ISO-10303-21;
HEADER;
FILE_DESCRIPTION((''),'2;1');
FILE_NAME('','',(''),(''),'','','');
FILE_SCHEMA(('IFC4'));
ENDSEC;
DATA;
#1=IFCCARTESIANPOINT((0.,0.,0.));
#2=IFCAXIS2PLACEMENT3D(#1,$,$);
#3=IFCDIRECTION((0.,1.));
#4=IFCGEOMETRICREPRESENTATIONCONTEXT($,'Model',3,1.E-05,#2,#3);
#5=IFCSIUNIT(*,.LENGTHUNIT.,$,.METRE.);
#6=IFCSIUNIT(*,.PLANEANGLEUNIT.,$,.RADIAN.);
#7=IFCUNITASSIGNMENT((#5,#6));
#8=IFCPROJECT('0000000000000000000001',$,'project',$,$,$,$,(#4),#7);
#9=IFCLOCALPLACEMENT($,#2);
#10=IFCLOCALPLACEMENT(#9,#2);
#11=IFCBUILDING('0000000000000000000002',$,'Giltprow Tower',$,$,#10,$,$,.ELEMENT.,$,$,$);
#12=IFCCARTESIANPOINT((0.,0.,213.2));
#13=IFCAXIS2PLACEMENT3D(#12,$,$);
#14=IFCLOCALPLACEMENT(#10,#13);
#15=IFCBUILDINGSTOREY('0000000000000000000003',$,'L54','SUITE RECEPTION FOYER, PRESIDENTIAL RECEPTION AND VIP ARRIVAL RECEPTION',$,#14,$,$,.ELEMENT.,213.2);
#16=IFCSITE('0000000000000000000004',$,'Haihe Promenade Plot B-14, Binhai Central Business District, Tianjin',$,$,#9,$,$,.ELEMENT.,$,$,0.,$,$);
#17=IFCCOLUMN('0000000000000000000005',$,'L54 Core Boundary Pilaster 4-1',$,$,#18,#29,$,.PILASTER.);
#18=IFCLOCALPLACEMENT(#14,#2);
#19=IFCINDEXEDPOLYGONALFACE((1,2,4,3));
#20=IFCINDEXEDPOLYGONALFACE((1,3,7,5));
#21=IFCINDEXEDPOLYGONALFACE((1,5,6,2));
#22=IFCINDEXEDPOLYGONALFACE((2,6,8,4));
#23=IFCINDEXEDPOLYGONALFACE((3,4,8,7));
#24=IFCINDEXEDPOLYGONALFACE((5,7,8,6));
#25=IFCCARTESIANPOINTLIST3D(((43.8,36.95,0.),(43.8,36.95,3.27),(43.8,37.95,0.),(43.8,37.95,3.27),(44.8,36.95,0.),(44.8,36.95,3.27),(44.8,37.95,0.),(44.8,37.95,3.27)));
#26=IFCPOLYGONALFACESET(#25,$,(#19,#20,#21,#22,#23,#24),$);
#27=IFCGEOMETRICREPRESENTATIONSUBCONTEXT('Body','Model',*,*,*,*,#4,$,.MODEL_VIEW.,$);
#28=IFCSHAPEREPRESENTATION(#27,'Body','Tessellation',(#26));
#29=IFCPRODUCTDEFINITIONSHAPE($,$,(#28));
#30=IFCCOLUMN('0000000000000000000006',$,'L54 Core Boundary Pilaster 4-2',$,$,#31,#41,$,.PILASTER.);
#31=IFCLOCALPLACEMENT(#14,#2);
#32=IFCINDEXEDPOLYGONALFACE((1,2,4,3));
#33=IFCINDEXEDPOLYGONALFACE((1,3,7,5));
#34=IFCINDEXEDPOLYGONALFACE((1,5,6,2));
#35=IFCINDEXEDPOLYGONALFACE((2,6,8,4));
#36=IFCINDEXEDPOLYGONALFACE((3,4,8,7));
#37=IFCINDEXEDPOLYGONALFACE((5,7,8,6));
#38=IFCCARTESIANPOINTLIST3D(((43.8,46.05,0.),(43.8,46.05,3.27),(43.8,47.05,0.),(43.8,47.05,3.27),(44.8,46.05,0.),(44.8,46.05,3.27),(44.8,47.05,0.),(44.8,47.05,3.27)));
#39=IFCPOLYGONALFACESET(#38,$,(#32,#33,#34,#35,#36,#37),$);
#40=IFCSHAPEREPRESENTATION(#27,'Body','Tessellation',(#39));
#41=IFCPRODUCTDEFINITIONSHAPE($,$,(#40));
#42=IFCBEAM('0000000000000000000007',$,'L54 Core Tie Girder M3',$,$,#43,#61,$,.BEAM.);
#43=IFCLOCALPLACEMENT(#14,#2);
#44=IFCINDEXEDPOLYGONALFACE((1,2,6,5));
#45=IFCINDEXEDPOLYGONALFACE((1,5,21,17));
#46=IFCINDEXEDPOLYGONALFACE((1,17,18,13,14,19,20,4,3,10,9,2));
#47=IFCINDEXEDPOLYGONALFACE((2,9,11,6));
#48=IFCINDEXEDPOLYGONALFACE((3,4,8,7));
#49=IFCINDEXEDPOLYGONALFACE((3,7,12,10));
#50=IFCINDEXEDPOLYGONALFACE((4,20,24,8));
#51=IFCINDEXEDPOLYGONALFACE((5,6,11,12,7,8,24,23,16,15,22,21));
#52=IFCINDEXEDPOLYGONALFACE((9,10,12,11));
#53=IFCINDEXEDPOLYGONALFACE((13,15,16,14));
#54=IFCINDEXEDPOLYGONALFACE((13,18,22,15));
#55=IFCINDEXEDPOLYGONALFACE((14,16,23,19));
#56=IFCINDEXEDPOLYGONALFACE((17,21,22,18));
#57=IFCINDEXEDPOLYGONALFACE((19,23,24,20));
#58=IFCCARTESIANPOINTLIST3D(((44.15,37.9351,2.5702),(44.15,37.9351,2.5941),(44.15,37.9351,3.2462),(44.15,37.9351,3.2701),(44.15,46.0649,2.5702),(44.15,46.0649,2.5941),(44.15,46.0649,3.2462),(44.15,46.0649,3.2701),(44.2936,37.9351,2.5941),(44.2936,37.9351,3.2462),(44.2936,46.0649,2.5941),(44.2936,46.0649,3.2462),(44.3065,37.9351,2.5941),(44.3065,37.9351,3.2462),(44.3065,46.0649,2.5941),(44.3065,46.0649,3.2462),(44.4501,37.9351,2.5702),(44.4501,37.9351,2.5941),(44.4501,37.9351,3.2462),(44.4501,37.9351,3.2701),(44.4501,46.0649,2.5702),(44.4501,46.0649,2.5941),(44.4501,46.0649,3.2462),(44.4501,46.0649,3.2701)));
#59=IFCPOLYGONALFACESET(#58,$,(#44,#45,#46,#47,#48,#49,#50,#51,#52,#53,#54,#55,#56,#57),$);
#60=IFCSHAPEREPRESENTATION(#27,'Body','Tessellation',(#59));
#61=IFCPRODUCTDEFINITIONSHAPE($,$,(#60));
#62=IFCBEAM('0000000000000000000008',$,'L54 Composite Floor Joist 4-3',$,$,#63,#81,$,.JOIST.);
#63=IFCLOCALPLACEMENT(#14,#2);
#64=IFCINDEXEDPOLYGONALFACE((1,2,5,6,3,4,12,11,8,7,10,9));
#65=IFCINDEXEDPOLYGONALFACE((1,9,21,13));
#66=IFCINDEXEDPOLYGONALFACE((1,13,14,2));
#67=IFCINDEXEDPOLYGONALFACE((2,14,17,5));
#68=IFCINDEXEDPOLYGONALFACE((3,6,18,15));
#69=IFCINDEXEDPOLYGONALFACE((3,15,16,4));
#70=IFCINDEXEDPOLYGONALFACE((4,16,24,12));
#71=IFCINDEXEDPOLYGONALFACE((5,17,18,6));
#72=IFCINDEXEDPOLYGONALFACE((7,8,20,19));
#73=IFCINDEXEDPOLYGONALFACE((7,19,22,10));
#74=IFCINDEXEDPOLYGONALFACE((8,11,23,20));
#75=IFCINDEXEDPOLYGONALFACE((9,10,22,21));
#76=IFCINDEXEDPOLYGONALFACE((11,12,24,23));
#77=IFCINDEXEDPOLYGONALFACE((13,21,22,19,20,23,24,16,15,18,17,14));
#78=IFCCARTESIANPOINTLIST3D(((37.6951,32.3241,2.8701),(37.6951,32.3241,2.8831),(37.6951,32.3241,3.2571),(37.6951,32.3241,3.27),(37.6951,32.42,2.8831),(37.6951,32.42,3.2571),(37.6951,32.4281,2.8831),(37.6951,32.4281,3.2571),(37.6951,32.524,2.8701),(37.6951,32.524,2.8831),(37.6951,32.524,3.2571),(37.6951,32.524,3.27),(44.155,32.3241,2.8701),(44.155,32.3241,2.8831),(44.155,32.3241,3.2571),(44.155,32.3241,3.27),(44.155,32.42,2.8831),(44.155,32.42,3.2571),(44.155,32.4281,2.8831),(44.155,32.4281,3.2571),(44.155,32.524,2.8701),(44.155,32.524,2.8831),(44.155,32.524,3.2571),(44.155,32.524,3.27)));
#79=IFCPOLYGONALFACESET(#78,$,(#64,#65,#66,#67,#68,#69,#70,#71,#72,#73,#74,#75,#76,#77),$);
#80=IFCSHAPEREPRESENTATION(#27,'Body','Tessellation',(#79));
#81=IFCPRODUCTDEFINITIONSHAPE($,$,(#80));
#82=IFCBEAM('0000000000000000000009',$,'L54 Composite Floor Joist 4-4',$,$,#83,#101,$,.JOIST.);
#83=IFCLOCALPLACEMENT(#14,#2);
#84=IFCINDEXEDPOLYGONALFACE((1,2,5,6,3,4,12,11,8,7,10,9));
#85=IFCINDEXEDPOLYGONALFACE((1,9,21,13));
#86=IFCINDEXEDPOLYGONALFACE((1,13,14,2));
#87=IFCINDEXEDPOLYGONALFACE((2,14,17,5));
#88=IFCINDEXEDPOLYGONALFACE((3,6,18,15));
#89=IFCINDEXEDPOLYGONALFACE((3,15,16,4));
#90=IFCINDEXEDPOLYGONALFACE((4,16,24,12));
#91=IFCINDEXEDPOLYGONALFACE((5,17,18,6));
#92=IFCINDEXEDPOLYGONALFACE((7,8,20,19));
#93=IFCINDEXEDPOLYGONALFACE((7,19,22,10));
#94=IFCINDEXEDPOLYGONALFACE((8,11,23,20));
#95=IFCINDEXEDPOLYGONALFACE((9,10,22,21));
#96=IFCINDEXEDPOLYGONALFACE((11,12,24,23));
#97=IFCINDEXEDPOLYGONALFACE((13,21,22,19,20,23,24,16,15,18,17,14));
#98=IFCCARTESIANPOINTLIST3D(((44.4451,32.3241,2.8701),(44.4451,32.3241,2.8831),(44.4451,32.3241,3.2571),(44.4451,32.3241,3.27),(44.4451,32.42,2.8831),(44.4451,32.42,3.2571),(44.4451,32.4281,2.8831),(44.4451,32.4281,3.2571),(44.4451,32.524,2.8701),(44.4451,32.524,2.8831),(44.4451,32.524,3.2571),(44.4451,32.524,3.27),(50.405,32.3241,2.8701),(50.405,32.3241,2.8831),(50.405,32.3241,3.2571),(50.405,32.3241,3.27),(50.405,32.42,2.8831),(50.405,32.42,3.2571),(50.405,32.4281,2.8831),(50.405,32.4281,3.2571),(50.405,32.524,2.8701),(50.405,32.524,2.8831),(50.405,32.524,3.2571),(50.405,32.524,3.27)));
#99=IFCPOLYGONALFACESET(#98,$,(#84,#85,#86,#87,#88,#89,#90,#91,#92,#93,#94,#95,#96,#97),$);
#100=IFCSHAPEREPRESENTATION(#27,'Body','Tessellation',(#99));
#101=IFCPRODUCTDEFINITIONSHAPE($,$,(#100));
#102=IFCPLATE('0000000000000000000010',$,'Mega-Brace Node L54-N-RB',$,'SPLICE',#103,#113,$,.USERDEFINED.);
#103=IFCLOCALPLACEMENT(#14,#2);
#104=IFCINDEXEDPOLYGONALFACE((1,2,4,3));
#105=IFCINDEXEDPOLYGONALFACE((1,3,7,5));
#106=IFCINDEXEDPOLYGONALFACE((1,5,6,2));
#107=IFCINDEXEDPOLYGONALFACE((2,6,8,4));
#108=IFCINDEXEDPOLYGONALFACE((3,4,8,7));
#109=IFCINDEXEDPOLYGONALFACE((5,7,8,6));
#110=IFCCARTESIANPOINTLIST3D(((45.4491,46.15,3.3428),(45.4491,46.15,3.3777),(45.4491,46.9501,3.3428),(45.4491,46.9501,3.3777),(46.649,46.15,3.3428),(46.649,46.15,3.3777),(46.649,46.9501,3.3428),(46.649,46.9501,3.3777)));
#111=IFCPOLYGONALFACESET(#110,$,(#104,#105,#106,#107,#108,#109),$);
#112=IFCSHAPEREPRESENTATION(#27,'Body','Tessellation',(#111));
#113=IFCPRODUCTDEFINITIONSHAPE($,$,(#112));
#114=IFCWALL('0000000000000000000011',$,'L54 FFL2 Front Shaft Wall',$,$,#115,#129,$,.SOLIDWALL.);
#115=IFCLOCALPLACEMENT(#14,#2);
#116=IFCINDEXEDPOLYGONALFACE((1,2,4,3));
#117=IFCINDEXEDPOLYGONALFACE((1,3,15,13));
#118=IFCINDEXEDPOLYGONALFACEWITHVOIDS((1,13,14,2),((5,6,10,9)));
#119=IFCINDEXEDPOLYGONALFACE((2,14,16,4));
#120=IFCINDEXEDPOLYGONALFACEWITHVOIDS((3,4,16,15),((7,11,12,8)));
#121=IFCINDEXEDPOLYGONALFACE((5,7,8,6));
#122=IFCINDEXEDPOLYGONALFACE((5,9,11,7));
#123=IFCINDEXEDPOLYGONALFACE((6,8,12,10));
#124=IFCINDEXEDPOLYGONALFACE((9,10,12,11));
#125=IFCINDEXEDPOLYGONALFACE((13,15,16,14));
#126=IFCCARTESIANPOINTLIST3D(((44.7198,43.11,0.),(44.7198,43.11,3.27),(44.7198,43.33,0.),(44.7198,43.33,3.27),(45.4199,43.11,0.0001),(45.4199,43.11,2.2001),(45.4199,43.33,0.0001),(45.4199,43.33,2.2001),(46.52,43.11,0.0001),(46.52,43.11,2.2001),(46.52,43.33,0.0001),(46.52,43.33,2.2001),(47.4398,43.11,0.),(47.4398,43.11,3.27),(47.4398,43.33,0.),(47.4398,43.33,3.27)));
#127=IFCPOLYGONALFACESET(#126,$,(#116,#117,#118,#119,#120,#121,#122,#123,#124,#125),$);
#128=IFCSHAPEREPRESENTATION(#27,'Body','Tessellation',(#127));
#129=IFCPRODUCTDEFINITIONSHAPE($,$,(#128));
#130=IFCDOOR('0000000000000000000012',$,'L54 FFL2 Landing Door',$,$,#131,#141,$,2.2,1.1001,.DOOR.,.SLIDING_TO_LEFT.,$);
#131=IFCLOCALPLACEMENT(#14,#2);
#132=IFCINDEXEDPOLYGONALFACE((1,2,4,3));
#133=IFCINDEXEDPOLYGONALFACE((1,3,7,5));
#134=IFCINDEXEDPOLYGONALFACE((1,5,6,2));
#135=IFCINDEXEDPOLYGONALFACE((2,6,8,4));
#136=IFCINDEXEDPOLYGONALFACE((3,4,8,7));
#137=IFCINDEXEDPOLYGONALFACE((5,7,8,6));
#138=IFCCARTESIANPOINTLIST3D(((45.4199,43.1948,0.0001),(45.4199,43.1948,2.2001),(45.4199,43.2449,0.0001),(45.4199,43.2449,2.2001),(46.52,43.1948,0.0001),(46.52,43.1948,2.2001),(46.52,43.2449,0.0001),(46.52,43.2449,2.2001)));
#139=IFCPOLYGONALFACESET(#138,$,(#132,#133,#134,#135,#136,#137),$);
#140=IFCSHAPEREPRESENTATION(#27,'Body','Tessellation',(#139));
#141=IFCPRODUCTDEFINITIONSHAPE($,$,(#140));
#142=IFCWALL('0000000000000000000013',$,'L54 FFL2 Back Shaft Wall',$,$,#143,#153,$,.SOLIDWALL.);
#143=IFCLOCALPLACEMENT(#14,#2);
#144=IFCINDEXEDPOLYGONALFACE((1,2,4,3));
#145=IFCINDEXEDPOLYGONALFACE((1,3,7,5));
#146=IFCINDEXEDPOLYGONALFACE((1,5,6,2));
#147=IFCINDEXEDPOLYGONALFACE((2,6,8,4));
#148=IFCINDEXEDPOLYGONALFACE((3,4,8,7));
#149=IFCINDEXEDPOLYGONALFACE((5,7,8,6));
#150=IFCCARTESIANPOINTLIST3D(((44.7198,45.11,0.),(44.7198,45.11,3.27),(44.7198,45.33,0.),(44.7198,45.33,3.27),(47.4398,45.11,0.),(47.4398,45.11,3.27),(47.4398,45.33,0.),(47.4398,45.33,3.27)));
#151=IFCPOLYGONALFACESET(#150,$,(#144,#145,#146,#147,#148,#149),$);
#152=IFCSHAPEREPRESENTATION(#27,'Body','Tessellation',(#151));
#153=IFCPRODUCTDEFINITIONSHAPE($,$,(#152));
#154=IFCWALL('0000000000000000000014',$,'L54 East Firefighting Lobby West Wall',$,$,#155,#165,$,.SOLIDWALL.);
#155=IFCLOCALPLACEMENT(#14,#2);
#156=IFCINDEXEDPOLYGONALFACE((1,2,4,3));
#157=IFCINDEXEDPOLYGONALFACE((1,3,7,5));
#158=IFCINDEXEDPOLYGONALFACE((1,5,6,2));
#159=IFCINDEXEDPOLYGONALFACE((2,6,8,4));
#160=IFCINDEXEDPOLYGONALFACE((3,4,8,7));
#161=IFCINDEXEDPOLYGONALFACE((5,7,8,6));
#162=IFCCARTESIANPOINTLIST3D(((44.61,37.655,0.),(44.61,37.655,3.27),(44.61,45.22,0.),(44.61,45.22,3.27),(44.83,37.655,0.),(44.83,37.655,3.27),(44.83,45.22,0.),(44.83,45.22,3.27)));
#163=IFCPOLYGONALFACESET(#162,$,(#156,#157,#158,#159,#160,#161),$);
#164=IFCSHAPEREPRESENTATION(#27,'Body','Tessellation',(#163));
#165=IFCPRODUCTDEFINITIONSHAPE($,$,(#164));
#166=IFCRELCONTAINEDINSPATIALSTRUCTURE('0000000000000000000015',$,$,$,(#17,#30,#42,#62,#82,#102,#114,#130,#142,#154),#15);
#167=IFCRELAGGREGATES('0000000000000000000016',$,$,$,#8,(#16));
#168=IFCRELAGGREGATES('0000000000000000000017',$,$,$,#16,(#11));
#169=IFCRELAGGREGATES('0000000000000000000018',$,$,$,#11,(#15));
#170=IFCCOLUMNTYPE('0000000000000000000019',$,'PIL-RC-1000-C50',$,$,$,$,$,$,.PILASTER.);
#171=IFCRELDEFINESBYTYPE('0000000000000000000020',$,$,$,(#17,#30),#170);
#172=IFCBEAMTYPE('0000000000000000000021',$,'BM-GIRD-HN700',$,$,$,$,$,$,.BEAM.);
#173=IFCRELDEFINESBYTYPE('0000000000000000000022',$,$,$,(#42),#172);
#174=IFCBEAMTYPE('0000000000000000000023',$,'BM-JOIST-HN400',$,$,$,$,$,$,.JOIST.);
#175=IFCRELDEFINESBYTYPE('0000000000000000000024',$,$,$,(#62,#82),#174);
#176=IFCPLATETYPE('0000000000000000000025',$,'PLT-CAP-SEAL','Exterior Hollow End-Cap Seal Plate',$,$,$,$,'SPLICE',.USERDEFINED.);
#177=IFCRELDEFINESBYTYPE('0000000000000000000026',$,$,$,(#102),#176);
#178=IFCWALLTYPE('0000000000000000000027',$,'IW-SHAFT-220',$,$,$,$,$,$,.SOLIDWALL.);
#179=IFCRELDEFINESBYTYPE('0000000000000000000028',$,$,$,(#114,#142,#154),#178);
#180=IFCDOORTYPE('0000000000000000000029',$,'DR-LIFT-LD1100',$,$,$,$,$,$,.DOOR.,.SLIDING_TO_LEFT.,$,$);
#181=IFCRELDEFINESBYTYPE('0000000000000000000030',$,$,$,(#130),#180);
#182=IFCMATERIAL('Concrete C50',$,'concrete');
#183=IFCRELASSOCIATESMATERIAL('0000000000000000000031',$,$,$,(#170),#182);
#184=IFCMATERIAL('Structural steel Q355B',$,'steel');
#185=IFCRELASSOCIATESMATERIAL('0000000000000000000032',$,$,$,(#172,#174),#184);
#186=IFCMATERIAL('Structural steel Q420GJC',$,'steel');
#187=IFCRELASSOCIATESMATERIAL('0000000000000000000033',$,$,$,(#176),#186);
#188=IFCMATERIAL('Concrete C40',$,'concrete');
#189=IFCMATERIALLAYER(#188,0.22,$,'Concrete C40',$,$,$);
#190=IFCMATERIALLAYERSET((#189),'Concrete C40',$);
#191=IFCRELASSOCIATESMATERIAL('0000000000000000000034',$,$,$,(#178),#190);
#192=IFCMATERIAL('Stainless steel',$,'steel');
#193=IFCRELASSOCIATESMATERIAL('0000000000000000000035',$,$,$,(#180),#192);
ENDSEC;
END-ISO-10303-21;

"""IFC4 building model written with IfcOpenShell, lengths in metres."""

from ifc_helpers import new_model, si_unit, direction, frame, frame_2d, origin, origin_2d, place, context, subcontext, project, spatial, rectangle, i_section, extrude, source, transform, mapped, material, layer, layer_set, material_profile, profile_set, type_object, element, fill, save


model = new_model("IFC4")

# Units and contexts
model_context = context("Model", 3, precision=1e-05, world=origin(), true_north=direction((0.0, 1.0)))
body_context = subcontext(model_context, "Body", "Model", "MODEL_VIEW")
ifc_project = project(units=[si_unit("LENGTHUNIT", "METRE"), si_unit("PLANEANGLEUNIT", "RADIAN")], contexts=[model_context])

# Site, building, storey
site_placement = place(None, origin())
site = spatial("IfcSite", under=ifc_project, at=site_placement, Name="Haihe Promenade Plot B-14, Binhai Central Business District, Tianjin", CompositionType="ELEMENT", RefElevation=0.0)
building_placement = place(site_placement, origin())
building = spatial("IfcBuilding", under=site, at=building_placement, Name="Giltprow Tower", CompositionType="ELEMENT")
storey_placement = place(building_placement, frame((0.0, 0.0, 213.2)))
storey = spatial("IfcBuildingStorey", under=building, at=storey_placement, Name="L54", Description="SUITE RECEPTION FOYER, PRESIDENTIAL RECEPTION AND VIP ARRIVAL RECEPTION", CompositionType="ELEMENT", Elevation=213.2)

# Columns
ifc_material_1 = material(Name="Concrete C50", Category="concrete")
ifc_material_profile_1 = material_profile(ifc_material_1, rectangle(XDim=1.0, YDim=1.0, at=origin_2d()), Name="RC 1000x1000")
ifc_profile_set_1 = profile_set([ifc_material_profile_1], Name="Concrete C50")
column_type = type_object("IfcColumnType", Name="PIL-RC-1000-C50", PredefinedType="PILASTER", material=ifc_profile_set_1)
shared_shape_1 = source(origin(), body_context, "Body", "SweptSolid", [
    extrude(rectangle(XDim=1.0, YDim=1.0, at=origin_2d()), origin(), (0.0, 0.0, 1.0), 3.27),
])
for number, where, z_axis, x_axis, name in (
    (1, (44.3, 37.45, 0.0), (0.0, 0.0, 1.0), (1.0, 0.0, 0.0), "L54 Core Boundary Pilaster 4-1"),
    (2, (44.3, 46.55, 0.0), (0.0, 0.0, 1.0), (1.0, 0.0, 0.0), "L54 Core Boundary Pilaster 4-2"),
):
    element("IfcColumn", number, at=place(storey_placement, frame(where, z_axis=z_axis, x_axis=x_axis)), inside=storey, type_object=column_type, Name=name, PredefinedType="PILASTER", context=body_context, shape_type="MappedRepresentation", body=[
        mapped(shared_shape_1, transform((0.0, 0.0, 0.0), x_axis=(1.0, 0.0, 0.0), y_axis=(0.0, 1.0, 0.0), z_axis=(0.0, 0.0, 1.0), scale=1.0)),
    ])

# Beams
ifc_material_2 = material(Name="Structural steel Q355B", Category="steel")
ifc_material_profile_2 = material_profile(ifc_material_2, i_section(OverallWidth=0.3, OverallDepth=0.7, WebThickness=0.0129, FlangeThickness=0.0239, at=origin_2d()), Name="HN 700x300x13x24")
ifc_profile_set_2 = profile_set([ifc_material_profile_2], Name="Structural steel Q355B")
beam_type_1 = type_object("IfcBeamType", Name="BM-GIRD-HN700", PredefinedType="BEAM", material=ifc_profile_set_2)
shared_shape_2 = source(origin(), body_context, "Body", "SweptSolid", [
    extrude(i_section(OverallWidth=0.3, OverallDepth=0.7, WebThickness=0.0129, FlangeThickness=0.0239, at=origin_2d()), origin(), (0.0, 0.0, 1.0), 8.1299),
])
beam_1_placement = place(storey_placement, frame((44.3, 37.9351, 2.9202), z_axis=(0.0, 1.0, 0.0), x_axis=(-1.0, 0.0, 0.0)))
element("IfcBeam", 3, at=beam_1_placement, inside=storey, type_object=beam_type_1, Name="L54 Core Tie Girder M3", PredefinedType="BEAM", context=body_context, shape_type="MappedRepresentation", body=[
    mapped(shared_shape_2, transform((0.0, 0.0, 0.0), x_axis=(1.0, 0.0, 0.0), y_axis=(0.0, 1.0, 0.0), z_axis=(0.0, 0.0, 1.0), scale=1.0)),
])
ifc_material_profile_3 = material_profile(ifc_material_2, i_section(OverallWidth=0.2, OverallDepth=0.3999, WebThickness=0.0081, FlangeThickness=0.0129, at=origin_2d()), Name="HN 400x200x8x13")
ifc_profile_set_3 = profile_set([ifc_material_profile_3], Name="Structural steel Q355B")
beam_type_2 = type_object("IfcBeamType", Name="BM-JOIST-HN400", PredefinedType="JOIST", material=ifc_profile_set_3)
shared_shape_3 = source(origin(), body_context, "Body", "SweptSolid", [
    extrude(i_section(OverallWidth=0.2, OverallDepth=0.3999, WebThickness=0.0081, FlangeThickness=0.0129, at=origin_2d()), origin(), (0.0, 0.0, 1.0), 6.46),
])
beam_2_placement = place(storey_placement, frame((37.6951, 32.4241, 3.0701), z_axis=(1.0, 0.0, 0.0), x_axis=(0.0, 1.0, 0.0)))
element("IfcBeam", 4, at=beam_2_placement, inside=storey, type_object=beam_type_2, Name="L54 Composite Floor Joist 4-3", PredefinedType="JOIST", context=body_context, shape_type="MappedRepresentation", body=[
    mapped(shared_shape_3, transform((0.0, 0.0, 0.0), x_axis=(1.0, 0.0, 0.0), y_axis=(0.0, 1.0, 0.0), z_axis=(0.0, 0.0, 1.0), scale=1.0)),
])
shared_shape_4 = source(origin(), body_context, "Body", "SweptSolid", [
    extrude(i_section(OverallWidth=0.2, OverallDepth=0.3999, WebThickness=0.0081, FlangeThickness=0.0129, at=origin_2d()), origin(), (0.0, 0.0, 1.0), 5.96),
])
beam_3_placement = place(storey_placement, frame((44.4451, 32.4241, 3.0701), z_axis=(1.0, 0.0, 0.0), x_axis=(0.0, 1.0, 0.0)))
element("IfcBeam", 5, at=beam_3_placement, inside=storey, type_object=beam_type_2, Name="L54 Composite Floor Joist 4-4", PredefinedType="JOIST", context=body_context, shape_type="MappedRepresentation", body=[
    mapped(shared_shape_4, transform((0.0, 0.0, 0.0), x_axis=(1.0, 0.0, 0.0), y_axis=(0.0, 1.0, 0.0), z_axis=(0.0, 0.0, 1.0), scale=1.0)),
])

# Plate
ifc_material_3 = material(Name="Structural steel Q420GJC", Category="steel")
plate_type = type_object("IfcPlateType", Name="PLT-CAP-SEAL", Description="Exterior Hollow End-Cap Seal Plate", ElementType="SPLICE", PredefinedType="USERDEFINED", material=ifc_material_3)
shared_shape_5 = source(origin(), body_context, "Body", "SweptSolid", [
    extrude(rectangle(XDim=1.2, YDim=0.8, at=origin_2d()), origin(), (0.0, 0.0, 1.0), 0.0349),
])
plate_placement = place(storey_placement, frame((46.0491, 46.55, 3.3428), z_axis=(0.0, 0.0, 1.0), x_axis=(1.0, 0.0, 0.0)))
element("IfcPlate", 6, at=plate_placement, inside=storey, type_object=plate_type, Name="Mega-Brace Node L54-N-RB", ObjectType="SPLICE", PredefinedType="USERDEFINED", context=body_context, shape_type="MappedRepresentation", body=[
    mapped(shared_shape_5, transform((0.0, 0.0, 0.0), x_axis=(1.0, 0.0, 0.0), y_axis=(0.0, 1.0, 0.0), z_axis=(0.0, 0.0, 1.0), scale=1.0)),
])

# Wall, opening, door
ifc_material_4 = material(Name="Concrete C40", Category="concrete")
ifc_layer_1 = layer(ifc_material_4, 0.22, Name="Concrete C40")
ifc_layer_set_1 = layer_set([ifc_layer_1], Name="Concrete C40")
wall_type_1 = type_object("IfcWallType", Name="IW-SHAFT-220", PredefinedType="SOLIDWALL", material=ifc_layer_set_1)
wall_1_placement = place(storey_placement, frame((44.72, 43.22, 0.0), z_axis=(0.0, 0.0, 1.0), x_axis=(1.0, 0.0, 0.0)))
wall_1 = element("IfcWall", 7, at=wall_1_placement, inside=storey, type_object=wall_type_1, Name="L54 FFL2 Front Shaft Wall", PredefinedType="SOLIDWALL", context=body_context, shape_type="SweptSolid", body=[
    extrude(rectangle(XDim=2.72, YDim=0.22, at=frame_2d((1.3599, 0.0))), origin(), (0.0, 0.0, 1.0), 3.27),
])
opening_1_placement = place(wall_1_placement, frame((0.7, 0.0, 0.0)))
opening_1 = element("IfcOpeningElement", 8, at=opening_1_placement, cuts=wall_1, PredefinedType="OPENING", context=body_context, shape_type="SweptSolid", body=[
    extrude(rectangle(XDim=1.1001, YDim=2.2, at=frame_2d((0.55, 1.1001))), frame((0.0, 0.1199, 0.0), z_axis=(0.0, -1.0, 0.0), x_axis=(1.0, 0.0, 0.0)), (0.0, 0.0, 1.0), 0.24),
])
ifc_material_5 = material(Name="Stainless steel", Category="steel")
door_type_1 = type_object("IfcDoorType", Name="DR-LIFT-LD1100", OperationType="SLIDING_TO_LEFT", PredefinedType="DOOR", material=ifc_material_5)
shared_shape_6 = source(origin(), body_context, "Body", "SweptSolid", [
    extrude(rectangle(XDim=1.1001, YDim=2.2, at=frame_2d((0.55, 1.1001))), frame((0.0, 0.0249, 0.0), z_axis=(0.0, -1.0, 0.0), x_axis=(1.0, 0.0, 0.0)), (0.0, 0.0, 1.0), 0.05),
])
door_1_placement = place(opening_1_placement, origin())
door_1 = element("IfcDoor", 9, at=door_1_placement, inside=storey, type_object=door_type_1, Name="L54 FFL2 Landing Door", OperationType="SLIDING_TO_LEFT", OverallHeight=2.2, OverallWidth=1.1001, PredefinedType="DOOR", context=body_context, shape_type="MappedRepresentation", body=[
    mapped(shared_shape_6, transform((0.0, 0.0, 0.0), x_axis=(1.0, 0.0, 0.0), y_axis=(0.0, 1.0, 0.0), z_axis=(0.0, 0.0, 1.0), scale=1.0)),
])
fill(opening_1, door_1)

# Walls
wall_2_placement = place(storey_placement, frame((44.72, 45.22, 0.0), z_axis=(0.0, 0.0, 1.0), x_axis=(1.0, 0.0, 0.0)))
element("IfcWall", 10, at=wall_2_placement, inside=storey, type_object=wall_type_1, Name="L54 FFL2 Back Shaft Wall", PredefinedType="SOLIDWALL", context=body_context, shape_type="SweptSolid", body=[
    extrude(rectangle(XDim=2.72, YDim=0.22, at=frame_2d((1.3599, 0.0))), origin(), (0.0, 0.0, 1.0), 3.27),
])
wall_3_placement = place(storey_placement, frame((44.72, 37.655, 0.0), z_axis=(0.0, 0.0, 1.0), x_axis=(0.0, 1.0, 0.0)))
element("IfcWall", 11, at=wall_3_placement, inside=storey, type_object=wall_type_1, Name="L54 East Firefighting Lobby West Wall", PredefinedType="SOLIDWALL", context=body_context, shape_type="SweptSolid", body=[
    extrude(rectangle(XDim=7.5649, YDim=0.22, at=frame_2d((3.7825, 0.0))), origin(), (0.0, 0.0, 1.0), 3.27),
])

save(model, "model.ifc")
